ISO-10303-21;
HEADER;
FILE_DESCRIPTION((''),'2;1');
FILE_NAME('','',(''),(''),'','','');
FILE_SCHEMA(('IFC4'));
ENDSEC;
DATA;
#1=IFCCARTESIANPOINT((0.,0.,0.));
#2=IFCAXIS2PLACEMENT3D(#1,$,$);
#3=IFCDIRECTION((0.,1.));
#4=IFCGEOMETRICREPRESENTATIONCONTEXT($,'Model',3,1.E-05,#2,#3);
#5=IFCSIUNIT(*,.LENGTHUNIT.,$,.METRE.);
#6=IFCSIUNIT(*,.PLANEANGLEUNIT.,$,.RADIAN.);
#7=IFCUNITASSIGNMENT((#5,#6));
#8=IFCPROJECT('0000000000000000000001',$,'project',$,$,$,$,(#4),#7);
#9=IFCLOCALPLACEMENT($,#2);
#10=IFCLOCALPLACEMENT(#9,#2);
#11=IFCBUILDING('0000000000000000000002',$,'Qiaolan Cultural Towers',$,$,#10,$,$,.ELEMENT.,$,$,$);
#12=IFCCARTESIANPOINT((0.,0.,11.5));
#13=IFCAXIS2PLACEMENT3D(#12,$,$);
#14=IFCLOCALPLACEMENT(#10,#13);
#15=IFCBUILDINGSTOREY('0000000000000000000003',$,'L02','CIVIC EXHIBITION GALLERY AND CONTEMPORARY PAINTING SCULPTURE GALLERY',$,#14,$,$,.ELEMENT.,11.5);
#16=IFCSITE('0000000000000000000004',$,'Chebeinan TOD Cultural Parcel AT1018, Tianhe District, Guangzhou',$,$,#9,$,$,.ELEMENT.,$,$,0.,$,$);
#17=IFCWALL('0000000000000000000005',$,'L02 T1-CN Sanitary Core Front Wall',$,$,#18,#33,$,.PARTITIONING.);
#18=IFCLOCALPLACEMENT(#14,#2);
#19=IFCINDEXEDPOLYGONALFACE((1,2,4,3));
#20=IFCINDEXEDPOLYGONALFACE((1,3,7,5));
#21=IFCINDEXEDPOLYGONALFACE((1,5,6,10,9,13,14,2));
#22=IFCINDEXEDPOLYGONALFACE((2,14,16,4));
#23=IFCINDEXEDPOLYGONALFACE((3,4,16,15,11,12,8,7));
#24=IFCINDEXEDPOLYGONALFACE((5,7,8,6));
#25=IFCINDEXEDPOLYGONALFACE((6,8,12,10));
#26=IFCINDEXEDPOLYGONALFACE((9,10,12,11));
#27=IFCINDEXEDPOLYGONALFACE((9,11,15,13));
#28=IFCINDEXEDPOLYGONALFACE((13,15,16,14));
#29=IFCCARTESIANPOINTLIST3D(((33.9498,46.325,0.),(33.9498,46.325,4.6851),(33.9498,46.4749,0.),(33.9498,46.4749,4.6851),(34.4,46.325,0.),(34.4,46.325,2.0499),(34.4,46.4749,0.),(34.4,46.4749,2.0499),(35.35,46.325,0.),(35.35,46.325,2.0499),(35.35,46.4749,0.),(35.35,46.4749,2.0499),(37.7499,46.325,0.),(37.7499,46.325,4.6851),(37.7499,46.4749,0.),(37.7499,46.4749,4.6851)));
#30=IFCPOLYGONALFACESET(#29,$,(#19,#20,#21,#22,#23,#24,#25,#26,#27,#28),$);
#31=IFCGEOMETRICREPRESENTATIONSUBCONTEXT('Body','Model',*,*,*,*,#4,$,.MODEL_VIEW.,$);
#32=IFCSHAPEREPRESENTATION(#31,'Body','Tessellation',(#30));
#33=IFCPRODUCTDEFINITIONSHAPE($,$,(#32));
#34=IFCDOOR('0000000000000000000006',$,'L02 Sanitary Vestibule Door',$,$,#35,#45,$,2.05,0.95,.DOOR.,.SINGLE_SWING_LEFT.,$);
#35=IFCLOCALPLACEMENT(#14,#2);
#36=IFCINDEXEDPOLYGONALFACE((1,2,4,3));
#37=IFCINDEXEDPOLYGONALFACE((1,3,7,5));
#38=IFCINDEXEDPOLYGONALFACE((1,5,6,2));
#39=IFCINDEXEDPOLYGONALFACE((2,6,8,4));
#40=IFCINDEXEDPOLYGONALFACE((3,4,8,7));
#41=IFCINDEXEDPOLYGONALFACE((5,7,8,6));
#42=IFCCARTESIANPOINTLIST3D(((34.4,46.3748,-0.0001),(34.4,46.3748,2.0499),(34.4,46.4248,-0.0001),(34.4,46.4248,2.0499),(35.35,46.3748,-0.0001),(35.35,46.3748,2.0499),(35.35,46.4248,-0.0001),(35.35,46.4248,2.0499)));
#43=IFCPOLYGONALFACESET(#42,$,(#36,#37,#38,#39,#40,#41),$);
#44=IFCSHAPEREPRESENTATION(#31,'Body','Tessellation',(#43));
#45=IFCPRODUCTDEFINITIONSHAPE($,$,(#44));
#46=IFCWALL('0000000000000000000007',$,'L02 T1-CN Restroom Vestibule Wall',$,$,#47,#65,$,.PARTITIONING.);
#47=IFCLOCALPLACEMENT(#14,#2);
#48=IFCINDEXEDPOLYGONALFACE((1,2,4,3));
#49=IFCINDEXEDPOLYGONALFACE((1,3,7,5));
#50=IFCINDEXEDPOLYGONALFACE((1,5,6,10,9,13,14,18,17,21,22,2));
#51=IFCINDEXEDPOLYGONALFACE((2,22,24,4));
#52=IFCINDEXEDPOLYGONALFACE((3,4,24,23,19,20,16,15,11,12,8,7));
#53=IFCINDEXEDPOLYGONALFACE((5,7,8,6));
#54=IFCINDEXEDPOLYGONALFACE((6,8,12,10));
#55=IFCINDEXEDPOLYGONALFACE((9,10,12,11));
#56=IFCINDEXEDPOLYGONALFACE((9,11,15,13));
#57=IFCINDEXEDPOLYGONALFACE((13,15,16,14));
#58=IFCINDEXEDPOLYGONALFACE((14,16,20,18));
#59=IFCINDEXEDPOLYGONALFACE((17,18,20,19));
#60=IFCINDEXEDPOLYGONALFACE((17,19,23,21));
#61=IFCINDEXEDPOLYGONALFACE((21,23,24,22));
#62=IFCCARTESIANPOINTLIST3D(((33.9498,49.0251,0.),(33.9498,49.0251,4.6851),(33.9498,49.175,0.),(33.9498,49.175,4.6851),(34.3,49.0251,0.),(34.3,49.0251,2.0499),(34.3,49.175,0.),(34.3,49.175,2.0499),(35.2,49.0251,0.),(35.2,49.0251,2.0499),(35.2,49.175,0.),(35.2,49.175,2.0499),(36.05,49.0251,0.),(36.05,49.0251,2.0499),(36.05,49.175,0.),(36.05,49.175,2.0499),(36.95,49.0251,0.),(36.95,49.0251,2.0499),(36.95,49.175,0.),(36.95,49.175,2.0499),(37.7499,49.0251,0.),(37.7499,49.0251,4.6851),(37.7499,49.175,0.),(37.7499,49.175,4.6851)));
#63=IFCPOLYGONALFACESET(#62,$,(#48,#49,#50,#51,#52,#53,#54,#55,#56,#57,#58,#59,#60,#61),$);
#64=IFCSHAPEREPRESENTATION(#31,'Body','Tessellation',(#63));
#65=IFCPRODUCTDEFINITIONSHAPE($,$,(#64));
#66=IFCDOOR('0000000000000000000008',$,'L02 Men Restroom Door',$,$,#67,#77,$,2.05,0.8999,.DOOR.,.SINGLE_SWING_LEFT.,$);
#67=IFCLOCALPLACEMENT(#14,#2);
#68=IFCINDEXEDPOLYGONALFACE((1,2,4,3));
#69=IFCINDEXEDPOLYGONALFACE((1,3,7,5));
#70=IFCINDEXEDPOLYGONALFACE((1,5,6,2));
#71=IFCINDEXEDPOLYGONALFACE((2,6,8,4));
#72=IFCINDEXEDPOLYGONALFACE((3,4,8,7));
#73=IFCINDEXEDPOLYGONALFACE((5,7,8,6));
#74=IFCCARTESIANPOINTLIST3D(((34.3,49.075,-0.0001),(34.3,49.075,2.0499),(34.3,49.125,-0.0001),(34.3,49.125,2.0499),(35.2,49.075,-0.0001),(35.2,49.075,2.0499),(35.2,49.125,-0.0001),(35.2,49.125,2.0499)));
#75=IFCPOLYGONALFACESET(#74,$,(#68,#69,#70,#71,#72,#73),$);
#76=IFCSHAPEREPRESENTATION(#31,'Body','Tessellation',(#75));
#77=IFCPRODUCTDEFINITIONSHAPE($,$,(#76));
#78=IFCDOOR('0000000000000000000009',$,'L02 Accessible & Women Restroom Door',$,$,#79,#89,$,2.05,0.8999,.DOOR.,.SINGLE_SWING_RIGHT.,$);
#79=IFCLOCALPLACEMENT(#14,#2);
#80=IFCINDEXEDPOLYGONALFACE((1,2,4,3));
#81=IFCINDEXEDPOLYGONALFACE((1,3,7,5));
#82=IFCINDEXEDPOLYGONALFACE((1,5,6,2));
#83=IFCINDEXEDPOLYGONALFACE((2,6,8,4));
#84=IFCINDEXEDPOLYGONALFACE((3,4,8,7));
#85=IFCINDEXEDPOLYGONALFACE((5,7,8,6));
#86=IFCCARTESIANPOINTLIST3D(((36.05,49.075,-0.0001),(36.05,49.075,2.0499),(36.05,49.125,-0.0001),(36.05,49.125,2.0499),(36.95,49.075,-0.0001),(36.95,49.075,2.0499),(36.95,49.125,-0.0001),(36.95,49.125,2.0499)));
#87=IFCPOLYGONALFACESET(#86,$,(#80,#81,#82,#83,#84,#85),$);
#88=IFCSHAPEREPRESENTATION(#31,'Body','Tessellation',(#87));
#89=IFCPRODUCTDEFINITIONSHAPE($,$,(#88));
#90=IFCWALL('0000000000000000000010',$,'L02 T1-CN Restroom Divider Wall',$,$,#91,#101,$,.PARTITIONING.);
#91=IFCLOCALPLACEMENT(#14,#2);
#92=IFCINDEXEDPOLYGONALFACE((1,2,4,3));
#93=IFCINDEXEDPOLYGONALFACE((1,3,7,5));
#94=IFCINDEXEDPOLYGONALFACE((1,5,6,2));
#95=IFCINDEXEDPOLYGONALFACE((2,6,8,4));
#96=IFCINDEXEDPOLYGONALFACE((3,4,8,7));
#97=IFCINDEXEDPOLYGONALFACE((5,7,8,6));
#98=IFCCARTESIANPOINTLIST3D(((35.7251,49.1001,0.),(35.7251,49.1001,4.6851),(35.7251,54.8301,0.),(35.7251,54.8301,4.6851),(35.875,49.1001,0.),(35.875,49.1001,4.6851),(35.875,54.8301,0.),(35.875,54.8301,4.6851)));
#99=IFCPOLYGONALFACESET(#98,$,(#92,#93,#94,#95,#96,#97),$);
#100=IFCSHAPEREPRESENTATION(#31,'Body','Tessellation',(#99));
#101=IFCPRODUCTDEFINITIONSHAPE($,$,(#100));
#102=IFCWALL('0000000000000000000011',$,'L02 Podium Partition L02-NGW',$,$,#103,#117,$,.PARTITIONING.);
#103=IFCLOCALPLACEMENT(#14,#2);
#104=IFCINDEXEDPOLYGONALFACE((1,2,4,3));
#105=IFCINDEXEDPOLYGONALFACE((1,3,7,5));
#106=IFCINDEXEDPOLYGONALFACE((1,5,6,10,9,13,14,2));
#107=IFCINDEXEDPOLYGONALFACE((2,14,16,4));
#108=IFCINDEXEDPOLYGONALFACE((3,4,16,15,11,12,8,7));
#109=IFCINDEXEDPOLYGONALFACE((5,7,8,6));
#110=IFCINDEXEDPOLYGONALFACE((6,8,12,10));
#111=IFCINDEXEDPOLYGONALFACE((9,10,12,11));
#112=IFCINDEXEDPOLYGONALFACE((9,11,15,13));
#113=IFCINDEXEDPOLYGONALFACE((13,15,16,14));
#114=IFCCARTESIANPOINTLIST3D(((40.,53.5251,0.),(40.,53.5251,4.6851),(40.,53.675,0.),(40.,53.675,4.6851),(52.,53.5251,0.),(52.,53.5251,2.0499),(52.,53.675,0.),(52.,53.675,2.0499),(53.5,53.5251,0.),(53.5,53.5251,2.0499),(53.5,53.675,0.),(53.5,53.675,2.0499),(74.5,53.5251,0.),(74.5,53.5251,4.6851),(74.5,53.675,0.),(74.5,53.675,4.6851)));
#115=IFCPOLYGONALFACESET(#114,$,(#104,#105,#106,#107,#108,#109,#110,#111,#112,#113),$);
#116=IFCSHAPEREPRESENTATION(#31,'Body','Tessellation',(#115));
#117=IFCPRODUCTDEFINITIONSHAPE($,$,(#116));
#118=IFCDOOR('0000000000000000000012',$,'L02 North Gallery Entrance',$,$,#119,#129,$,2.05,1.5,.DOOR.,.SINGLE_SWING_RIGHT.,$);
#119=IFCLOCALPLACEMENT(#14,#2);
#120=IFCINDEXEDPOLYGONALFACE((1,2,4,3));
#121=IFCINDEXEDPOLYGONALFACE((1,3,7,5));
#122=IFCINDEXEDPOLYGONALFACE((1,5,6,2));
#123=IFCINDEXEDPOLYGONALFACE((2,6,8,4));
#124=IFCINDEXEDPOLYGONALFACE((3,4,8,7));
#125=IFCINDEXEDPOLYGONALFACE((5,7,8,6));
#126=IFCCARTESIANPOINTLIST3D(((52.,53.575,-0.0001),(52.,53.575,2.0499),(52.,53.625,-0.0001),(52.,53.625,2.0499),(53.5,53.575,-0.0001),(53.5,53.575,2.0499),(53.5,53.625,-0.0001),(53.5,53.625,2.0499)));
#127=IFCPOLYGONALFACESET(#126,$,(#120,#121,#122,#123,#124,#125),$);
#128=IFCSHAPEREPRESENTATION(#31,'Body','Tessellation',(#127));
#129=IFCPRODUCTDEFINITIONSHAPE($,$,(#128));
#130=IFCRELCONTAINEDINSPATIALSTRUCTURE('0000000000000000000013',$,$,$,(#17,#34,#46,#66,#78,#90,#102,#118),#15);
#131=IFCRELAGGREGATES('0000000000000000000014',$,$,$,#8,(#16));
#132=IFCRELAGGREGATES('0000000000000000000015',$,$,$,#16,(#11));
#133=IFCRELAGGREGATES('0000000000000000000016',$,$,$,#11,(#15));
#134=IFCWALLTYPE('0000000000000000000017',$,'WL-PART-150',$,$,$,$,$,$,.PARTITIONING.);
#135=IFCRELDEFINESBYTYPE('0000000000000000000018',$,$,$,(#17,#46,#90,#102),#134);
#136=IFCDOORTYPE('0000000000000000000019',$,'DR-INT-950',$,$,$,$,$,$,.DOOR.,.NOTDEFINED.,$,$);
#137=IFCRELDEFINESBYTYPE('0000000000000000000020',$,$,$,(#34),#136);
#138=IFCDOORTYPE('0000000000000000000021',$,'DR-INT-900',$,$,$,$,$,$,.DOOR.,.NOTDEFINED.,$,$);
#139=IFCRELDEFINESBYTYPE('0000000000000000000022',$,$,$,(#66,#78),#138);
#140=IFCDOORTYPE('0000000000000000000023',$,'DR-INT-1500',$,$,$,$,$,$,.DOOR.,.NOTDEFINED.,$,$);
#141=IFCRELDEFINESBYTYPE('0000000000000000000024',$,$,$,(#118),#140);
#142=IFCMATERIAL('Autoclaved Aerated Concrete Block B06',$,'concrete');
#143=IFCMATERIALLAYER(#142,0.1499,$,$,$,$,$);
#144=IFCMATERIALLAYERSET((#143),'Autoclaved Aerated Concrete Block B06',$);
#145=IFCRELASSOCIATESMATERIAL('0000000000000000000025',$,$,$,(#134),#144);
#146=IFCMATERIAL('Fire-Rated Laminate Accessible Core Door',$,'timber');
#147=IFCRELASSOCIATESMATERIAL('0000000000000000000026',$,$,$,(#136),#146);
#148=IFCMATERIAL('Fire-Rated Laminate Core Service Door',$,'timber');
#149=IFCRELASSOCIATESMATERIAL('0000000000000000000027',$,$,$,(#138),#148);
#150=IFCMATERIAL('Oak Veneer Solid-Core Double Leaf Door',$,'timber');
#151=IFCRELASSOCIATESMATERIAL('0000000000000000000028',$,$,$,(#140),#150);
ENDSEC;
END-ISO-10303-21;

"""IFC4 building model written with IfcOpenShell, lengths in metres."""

from ifc_helpers import new_model, si_unit, direction, frame, frame_2d, origin, place, context, subcontext, project, spatial, rectangle, extrude, material, layer, layer_set, type_object, element, fill, save


model = new_model("IFC4")

# Units and contexts
model_context = context("Model", 3, precision=1e-05, world=origin(), true_north=direction((0.0, 1.0)))
body_context = subcontext(model_context, "Body", "Model", "MODEL_VIEW")
ifc_project = project(units=[si_unit("LENGTHUNIT", "METRE"), si_unit("PLANEANGLEUNIT", "RADIAN")], contexts=[model_context])

# Site, building, storey
site_placement = place(None, origin())
site = spatial("IfcSite", under=ifc_project, at=site_placement, Name="Chebeinan TOD Cultural Parcel AT1018, Tianhe District, Guangzhou", CompositionType="ELEMENT", RefElevation=0.0)
building_placement = place(site_placement, origin())
building = spatial("IfcBuilding", under=site, at=building_placement, Name="Qiaolan Cultural Towers", CompositionType="ELEMENT")
storey_placement = place(building_placement, frame((0.0, 0.0, 11.5)))
storey = spatial("IfcBuildingStorey", under=building, at=storey_placement, Name="L02", Description="CIVIC EXHIBITION GALLERY AND CONTEMPORARY PAINTING SCULPTURE GALLERY", CompositionType="ELEMENT", Elevation=11.5)

# Wall, opening, door
ifc_material_1 = material(Name="Autoclaved Aerated Concrete Block B06", Category="concrete")
ifc_layer_1 = layer(ifc_material_1, 0.1499)
ifc_layer_set_1 = layer_set([ifc_layer_1], Name="Autoclaved Aerated Concrete Block B06")
wall_type_1 = type_object("IfcWallType", Name="WL-PART-150", PredefinedType="PARTITIONING", material=ifc_layer_set_1)
wall_1_placement = place(storey_placement, frame((33.95, 46.3999, 0.0), z_axis=(0.0, 0.0, 1.0), x_axis=(1.0, 0.0, 0.0)))
wall_1 = element("IfcWall", 1, at=wall_1_placement, inside=storey, type_object=wall_type_1, Name="L02 T1-CN Sanitary Core Front Wall", PredefinedType="PARTITIONING", context=body_context, shape_type="SweptSolid", body=[
    extrude(rectangle(XDim=3.8, YDim=0.1499, at=frame_2d((1.8999, 0.0))), origin(), (0.0, 0.0, 1.0), 4.6851),
])
opening_1_placement = place(wall_1_placement, frame((0.45, 0.0, 0.0)))
opening_1 = element("IfcOpeningElement", 2, at=opening_1_placement, cuts=wall_1, PredefinedType="OPENING", context=body_context, shape_type="SweptSolid", body=[
    extrude(rectangle(XDim=0.95, YDim=2.05, at=frame_2d((0.4751, 1.0249))), frame((0.0, 0.085, 0.0), z_axis=(0.0, -1.0, 0.0), x_axis=(1.0, 0.0, 0.0)), (0.0, 0.0, 1.0), 0.1699),
])
ifc_material_2 = material(Name="Fire-Rated Laminate Accessible Core Door", Category="timber")
door_type_1 = type_object("IfcDoorType", Name="DR-INT-950", OperationType="NOTDEFINED", PredefinedType="DOOR", material=ifc_material_2)
door_1_placement = place(opening_1_placement, origin())
door_1 = element("IfcDoor", 3, at=door_1_placement, inside=storey, type_object=door_type_1, Name="L02 Sanitary Vestibule Door", OperationType="SINGLE_SWING_LEFT", OverallHeight=2.05, OverallWidth=0.95, PredefinedType="DOOR", context=body_context, shape_type="SweptSolid", body=[
    extrude(rectangle(XDim=0.95, YDim=2.05, at=frame_2d((0.4751, 1.0249))), frame((0.0, 0.0249, 0.0), z_axis=(0.0, -1.0, 0.0), x_axis=(1.0, 0.0, 0.0)), (0.0, 0.0, 1.0), 0.05),
])
fill(opening_1, door_1)

# Wall, openings, doors
wall_2_placement = place(storey_placement, frame((33.95, 49.1001, 0.0), z_axis=(0.0, 0.0, 1.0), x_axis=(1.0, 0.0, 0.0)))
wall_2 = element("IfcWall", 4, at=wall_2_placement, inside=storey, type_object=wall_type_1, Name="L02 T1-CN Restroom Vestibule Wall", PredefinedType="PARTITIONING", context=body_context, shape_type="SweptSolid", body=[
    extrude(rectangle(XDim=3.8, YDim=0.1499, at=frame_2d((1.8999, 0.0))), origin(), (0.0, 0.0, 1.0), 4.6851),
])
opening_2_placement = place(wall_2_placement, frame((0.3501, 0.0, 0.0)))
opening_2 = element("IfcOpeningElement", 5, at=opening_2_placement, cuts=wall_2, PredefinedType="OPENING", context=body_context, shape_type="SweptSolid", body=[
    extrude(rectangle(XDim=0.8999, YDim=2.05, at=frame_2d((0.45, 1.0249))), frame((0.0, 0.085, 0.0), z_axis=(0.0, -1.0, 0.0), x_axis=(1.0, 0.0, 0.0)), (0.0, 0.0, 1.0), 0.1699),
])
opening_3_placement = place(wall_2_placement, frame((2.1001, 0.0, 0.0)))
opening_3 = element("IfcOpeningElement", 6, at=opening_3_placement, cuts=wall_2, PredefinedType="OPENING", context=body_context, shape_type="SweptSolid", body=[
    extrude(rectangle(XDim=0.8999, YDim=2.05, at=frame_2d((0.45, 1.0249))), frame((0.0, 0.085, 0.0), z_axis=(0.0, -1.0, 0.0), x_axis=(1.0, 0.0, 0.0)), (0.0, 0.0, 1.0), 0.1699),
])
ifc_material_3 = material(Name="Fire-Rated Laminate Core Service Door", Category="timber")
door_type_2 = type_object("IfcDoorType", Name="DR-INT-900", OperationType="NOTDEFINED", PredefinedType="DOOR", material=ifc_material_3)
door_2_placement = place(opening_2_placement, origin())
door_2 = element("IfcDoor", 7, at=door_2_placement, inside=storey, type_object=door_type_2, Name="L02 Men Restroom Door", OperationType="SINGLE_SWING_LEFT", OverallHeight=2.05, OverallWidth=0.8999, PredefinedType="DOOR", context=body_context, shape_type="SweptSolid", body=[
    extrude(rectangle(XDim=0.8999, YDim=2.05, at=frame_2d((0.45, 1.0249))), frame((0.0, 0.0249, 0.0), z_axis=(0.0, -1.0, 0.0), x_axis=(1.0, 0.0, 0.0)), (0.0, 0.0, 1.0), 0.05),
])
fill(opening_2, door_2)
door_3_placement = place(opening_3_placement, origin())
door_3 = element("IfcDoor", 8, at=door_3_placement, inside=storey, type_object=door_type_2, Name="L02 Accessible & Women Restroom Door", OperationType="SINGLE_SWING_RIGHT", OverallHeight=2.05, OverallWidth=0.8999, PredefinedType="DOOR", context=body_context, shape_type="SweptSolid", body=[
    extrude(rectangle(XDim=0.8999, YDim=2.05, at=frame_2d((0.45, 1.0249))), frame((0.0, 0.0249, 0.0), z_axis=(0.0, -1.0, 0.0), x_axis=(1.0, 0.0, 0.0)), (0.0, 0.0, 1.0), 0.05),
])
fill(opening_3, door_3)

# Wall
wall_3_placement = place(storey_placement, frame((35.8, 49.1001, 0.0), z_axis=(0.0, 0.0, 1.0), x_axis=(0.0, 1.0, 0.0)))
element("IfcWall", 9, at=wall_3_placement, inside=storey, type_object=wall_type_1, Name="L02 T1-CN Restroom Divider Wall", PredefinedType="PARTITIONING", context=body_context, shape_type="SweptSolid", body=[
    extrude(rectangle(XDim=5.73, YDim=0.1499, at=frame_2d((2.865, 0.0))), origin(), (0.0, 0.0, 1.0), 4.6851),
])

# Wall, opening, door
wall_4_placement = place(storey_placement, frame((40.0, 53.6001, 0.0), z_axis=(0.0, 0.0, 1.0), x_axis=(1.0, 0.0, 0.0)))
wall_4 = element("IfcWall", 10, at=wall_4_placement, inside=storey, type_object=wall_type_1, Name="L02 Podium Partition L02-NGW", PredefinedType="PARTITIONING", context=body_context, shape_type="SweptSolid", body=[
    extrude(rectangle(XDim=34.5, YDim=0.1499, at=frame_2d((17.25, 0.0))), origin(), (0.0, 0.0, 1.0), 4.6851),
])
opening_4_placement = place(wall_4_placement, frame((12.0, 0.0, 0.0)))
opening_4 = element("IfcOpeningElement", 11, at=opening_4_placement, cuts=wall_4, PredefinedType="OPENING", context=body_context, shape_type="SweptSolid", body=[
    extrude(rectangle(XDim=1.5, YDim=2.05, at=frame_2d((0.75, 1.0249))), frame((0.0, 0.085, 0.0), z_axis=(0.0, -1.0, 0.0), x_axis=(1.0, 0.0, 0.0)), (0.0, 0.0, 1.0), 0.1699),
])
ifc_material_4 = material(Name="Oak Veneer Solid-Core Double Leaf Door", Category="timber")
door_type_3 = type_object("IfcDoorType", Name="DR-INT-1500", OperationType="NOTDEFINED", PredefinedType="DOOR", material=ifc_material_4)
door_4_placement = place(opening_4_placement, origin())
door_4 = element("IfcDoor", 12, at=door_4_placement, inside=storey, type_object=door_type_3, Name="L02 North Gallery Entrance", OperationType="SINGLE_SWING_RIGHT", OverallHeight=2.05, OverallWidth=1.5, PredefinedType="DOOR", context=body_context, shape_type="SweptSolid", body=[
    extrude(rectangle(XDim=1.5, YDim=2.05, at=frame_2d((0.75, 1.0249))), frame((0.0, 0.0249, 0.0), z_axis=(0.0, -1.0, 0.0), x_axis=(1.0, 0.0, 0.0)), (0.0, 0.0, 1.0), 0.05),
])
fill(opening_4, door_4)

save(model, "model.ifc")
